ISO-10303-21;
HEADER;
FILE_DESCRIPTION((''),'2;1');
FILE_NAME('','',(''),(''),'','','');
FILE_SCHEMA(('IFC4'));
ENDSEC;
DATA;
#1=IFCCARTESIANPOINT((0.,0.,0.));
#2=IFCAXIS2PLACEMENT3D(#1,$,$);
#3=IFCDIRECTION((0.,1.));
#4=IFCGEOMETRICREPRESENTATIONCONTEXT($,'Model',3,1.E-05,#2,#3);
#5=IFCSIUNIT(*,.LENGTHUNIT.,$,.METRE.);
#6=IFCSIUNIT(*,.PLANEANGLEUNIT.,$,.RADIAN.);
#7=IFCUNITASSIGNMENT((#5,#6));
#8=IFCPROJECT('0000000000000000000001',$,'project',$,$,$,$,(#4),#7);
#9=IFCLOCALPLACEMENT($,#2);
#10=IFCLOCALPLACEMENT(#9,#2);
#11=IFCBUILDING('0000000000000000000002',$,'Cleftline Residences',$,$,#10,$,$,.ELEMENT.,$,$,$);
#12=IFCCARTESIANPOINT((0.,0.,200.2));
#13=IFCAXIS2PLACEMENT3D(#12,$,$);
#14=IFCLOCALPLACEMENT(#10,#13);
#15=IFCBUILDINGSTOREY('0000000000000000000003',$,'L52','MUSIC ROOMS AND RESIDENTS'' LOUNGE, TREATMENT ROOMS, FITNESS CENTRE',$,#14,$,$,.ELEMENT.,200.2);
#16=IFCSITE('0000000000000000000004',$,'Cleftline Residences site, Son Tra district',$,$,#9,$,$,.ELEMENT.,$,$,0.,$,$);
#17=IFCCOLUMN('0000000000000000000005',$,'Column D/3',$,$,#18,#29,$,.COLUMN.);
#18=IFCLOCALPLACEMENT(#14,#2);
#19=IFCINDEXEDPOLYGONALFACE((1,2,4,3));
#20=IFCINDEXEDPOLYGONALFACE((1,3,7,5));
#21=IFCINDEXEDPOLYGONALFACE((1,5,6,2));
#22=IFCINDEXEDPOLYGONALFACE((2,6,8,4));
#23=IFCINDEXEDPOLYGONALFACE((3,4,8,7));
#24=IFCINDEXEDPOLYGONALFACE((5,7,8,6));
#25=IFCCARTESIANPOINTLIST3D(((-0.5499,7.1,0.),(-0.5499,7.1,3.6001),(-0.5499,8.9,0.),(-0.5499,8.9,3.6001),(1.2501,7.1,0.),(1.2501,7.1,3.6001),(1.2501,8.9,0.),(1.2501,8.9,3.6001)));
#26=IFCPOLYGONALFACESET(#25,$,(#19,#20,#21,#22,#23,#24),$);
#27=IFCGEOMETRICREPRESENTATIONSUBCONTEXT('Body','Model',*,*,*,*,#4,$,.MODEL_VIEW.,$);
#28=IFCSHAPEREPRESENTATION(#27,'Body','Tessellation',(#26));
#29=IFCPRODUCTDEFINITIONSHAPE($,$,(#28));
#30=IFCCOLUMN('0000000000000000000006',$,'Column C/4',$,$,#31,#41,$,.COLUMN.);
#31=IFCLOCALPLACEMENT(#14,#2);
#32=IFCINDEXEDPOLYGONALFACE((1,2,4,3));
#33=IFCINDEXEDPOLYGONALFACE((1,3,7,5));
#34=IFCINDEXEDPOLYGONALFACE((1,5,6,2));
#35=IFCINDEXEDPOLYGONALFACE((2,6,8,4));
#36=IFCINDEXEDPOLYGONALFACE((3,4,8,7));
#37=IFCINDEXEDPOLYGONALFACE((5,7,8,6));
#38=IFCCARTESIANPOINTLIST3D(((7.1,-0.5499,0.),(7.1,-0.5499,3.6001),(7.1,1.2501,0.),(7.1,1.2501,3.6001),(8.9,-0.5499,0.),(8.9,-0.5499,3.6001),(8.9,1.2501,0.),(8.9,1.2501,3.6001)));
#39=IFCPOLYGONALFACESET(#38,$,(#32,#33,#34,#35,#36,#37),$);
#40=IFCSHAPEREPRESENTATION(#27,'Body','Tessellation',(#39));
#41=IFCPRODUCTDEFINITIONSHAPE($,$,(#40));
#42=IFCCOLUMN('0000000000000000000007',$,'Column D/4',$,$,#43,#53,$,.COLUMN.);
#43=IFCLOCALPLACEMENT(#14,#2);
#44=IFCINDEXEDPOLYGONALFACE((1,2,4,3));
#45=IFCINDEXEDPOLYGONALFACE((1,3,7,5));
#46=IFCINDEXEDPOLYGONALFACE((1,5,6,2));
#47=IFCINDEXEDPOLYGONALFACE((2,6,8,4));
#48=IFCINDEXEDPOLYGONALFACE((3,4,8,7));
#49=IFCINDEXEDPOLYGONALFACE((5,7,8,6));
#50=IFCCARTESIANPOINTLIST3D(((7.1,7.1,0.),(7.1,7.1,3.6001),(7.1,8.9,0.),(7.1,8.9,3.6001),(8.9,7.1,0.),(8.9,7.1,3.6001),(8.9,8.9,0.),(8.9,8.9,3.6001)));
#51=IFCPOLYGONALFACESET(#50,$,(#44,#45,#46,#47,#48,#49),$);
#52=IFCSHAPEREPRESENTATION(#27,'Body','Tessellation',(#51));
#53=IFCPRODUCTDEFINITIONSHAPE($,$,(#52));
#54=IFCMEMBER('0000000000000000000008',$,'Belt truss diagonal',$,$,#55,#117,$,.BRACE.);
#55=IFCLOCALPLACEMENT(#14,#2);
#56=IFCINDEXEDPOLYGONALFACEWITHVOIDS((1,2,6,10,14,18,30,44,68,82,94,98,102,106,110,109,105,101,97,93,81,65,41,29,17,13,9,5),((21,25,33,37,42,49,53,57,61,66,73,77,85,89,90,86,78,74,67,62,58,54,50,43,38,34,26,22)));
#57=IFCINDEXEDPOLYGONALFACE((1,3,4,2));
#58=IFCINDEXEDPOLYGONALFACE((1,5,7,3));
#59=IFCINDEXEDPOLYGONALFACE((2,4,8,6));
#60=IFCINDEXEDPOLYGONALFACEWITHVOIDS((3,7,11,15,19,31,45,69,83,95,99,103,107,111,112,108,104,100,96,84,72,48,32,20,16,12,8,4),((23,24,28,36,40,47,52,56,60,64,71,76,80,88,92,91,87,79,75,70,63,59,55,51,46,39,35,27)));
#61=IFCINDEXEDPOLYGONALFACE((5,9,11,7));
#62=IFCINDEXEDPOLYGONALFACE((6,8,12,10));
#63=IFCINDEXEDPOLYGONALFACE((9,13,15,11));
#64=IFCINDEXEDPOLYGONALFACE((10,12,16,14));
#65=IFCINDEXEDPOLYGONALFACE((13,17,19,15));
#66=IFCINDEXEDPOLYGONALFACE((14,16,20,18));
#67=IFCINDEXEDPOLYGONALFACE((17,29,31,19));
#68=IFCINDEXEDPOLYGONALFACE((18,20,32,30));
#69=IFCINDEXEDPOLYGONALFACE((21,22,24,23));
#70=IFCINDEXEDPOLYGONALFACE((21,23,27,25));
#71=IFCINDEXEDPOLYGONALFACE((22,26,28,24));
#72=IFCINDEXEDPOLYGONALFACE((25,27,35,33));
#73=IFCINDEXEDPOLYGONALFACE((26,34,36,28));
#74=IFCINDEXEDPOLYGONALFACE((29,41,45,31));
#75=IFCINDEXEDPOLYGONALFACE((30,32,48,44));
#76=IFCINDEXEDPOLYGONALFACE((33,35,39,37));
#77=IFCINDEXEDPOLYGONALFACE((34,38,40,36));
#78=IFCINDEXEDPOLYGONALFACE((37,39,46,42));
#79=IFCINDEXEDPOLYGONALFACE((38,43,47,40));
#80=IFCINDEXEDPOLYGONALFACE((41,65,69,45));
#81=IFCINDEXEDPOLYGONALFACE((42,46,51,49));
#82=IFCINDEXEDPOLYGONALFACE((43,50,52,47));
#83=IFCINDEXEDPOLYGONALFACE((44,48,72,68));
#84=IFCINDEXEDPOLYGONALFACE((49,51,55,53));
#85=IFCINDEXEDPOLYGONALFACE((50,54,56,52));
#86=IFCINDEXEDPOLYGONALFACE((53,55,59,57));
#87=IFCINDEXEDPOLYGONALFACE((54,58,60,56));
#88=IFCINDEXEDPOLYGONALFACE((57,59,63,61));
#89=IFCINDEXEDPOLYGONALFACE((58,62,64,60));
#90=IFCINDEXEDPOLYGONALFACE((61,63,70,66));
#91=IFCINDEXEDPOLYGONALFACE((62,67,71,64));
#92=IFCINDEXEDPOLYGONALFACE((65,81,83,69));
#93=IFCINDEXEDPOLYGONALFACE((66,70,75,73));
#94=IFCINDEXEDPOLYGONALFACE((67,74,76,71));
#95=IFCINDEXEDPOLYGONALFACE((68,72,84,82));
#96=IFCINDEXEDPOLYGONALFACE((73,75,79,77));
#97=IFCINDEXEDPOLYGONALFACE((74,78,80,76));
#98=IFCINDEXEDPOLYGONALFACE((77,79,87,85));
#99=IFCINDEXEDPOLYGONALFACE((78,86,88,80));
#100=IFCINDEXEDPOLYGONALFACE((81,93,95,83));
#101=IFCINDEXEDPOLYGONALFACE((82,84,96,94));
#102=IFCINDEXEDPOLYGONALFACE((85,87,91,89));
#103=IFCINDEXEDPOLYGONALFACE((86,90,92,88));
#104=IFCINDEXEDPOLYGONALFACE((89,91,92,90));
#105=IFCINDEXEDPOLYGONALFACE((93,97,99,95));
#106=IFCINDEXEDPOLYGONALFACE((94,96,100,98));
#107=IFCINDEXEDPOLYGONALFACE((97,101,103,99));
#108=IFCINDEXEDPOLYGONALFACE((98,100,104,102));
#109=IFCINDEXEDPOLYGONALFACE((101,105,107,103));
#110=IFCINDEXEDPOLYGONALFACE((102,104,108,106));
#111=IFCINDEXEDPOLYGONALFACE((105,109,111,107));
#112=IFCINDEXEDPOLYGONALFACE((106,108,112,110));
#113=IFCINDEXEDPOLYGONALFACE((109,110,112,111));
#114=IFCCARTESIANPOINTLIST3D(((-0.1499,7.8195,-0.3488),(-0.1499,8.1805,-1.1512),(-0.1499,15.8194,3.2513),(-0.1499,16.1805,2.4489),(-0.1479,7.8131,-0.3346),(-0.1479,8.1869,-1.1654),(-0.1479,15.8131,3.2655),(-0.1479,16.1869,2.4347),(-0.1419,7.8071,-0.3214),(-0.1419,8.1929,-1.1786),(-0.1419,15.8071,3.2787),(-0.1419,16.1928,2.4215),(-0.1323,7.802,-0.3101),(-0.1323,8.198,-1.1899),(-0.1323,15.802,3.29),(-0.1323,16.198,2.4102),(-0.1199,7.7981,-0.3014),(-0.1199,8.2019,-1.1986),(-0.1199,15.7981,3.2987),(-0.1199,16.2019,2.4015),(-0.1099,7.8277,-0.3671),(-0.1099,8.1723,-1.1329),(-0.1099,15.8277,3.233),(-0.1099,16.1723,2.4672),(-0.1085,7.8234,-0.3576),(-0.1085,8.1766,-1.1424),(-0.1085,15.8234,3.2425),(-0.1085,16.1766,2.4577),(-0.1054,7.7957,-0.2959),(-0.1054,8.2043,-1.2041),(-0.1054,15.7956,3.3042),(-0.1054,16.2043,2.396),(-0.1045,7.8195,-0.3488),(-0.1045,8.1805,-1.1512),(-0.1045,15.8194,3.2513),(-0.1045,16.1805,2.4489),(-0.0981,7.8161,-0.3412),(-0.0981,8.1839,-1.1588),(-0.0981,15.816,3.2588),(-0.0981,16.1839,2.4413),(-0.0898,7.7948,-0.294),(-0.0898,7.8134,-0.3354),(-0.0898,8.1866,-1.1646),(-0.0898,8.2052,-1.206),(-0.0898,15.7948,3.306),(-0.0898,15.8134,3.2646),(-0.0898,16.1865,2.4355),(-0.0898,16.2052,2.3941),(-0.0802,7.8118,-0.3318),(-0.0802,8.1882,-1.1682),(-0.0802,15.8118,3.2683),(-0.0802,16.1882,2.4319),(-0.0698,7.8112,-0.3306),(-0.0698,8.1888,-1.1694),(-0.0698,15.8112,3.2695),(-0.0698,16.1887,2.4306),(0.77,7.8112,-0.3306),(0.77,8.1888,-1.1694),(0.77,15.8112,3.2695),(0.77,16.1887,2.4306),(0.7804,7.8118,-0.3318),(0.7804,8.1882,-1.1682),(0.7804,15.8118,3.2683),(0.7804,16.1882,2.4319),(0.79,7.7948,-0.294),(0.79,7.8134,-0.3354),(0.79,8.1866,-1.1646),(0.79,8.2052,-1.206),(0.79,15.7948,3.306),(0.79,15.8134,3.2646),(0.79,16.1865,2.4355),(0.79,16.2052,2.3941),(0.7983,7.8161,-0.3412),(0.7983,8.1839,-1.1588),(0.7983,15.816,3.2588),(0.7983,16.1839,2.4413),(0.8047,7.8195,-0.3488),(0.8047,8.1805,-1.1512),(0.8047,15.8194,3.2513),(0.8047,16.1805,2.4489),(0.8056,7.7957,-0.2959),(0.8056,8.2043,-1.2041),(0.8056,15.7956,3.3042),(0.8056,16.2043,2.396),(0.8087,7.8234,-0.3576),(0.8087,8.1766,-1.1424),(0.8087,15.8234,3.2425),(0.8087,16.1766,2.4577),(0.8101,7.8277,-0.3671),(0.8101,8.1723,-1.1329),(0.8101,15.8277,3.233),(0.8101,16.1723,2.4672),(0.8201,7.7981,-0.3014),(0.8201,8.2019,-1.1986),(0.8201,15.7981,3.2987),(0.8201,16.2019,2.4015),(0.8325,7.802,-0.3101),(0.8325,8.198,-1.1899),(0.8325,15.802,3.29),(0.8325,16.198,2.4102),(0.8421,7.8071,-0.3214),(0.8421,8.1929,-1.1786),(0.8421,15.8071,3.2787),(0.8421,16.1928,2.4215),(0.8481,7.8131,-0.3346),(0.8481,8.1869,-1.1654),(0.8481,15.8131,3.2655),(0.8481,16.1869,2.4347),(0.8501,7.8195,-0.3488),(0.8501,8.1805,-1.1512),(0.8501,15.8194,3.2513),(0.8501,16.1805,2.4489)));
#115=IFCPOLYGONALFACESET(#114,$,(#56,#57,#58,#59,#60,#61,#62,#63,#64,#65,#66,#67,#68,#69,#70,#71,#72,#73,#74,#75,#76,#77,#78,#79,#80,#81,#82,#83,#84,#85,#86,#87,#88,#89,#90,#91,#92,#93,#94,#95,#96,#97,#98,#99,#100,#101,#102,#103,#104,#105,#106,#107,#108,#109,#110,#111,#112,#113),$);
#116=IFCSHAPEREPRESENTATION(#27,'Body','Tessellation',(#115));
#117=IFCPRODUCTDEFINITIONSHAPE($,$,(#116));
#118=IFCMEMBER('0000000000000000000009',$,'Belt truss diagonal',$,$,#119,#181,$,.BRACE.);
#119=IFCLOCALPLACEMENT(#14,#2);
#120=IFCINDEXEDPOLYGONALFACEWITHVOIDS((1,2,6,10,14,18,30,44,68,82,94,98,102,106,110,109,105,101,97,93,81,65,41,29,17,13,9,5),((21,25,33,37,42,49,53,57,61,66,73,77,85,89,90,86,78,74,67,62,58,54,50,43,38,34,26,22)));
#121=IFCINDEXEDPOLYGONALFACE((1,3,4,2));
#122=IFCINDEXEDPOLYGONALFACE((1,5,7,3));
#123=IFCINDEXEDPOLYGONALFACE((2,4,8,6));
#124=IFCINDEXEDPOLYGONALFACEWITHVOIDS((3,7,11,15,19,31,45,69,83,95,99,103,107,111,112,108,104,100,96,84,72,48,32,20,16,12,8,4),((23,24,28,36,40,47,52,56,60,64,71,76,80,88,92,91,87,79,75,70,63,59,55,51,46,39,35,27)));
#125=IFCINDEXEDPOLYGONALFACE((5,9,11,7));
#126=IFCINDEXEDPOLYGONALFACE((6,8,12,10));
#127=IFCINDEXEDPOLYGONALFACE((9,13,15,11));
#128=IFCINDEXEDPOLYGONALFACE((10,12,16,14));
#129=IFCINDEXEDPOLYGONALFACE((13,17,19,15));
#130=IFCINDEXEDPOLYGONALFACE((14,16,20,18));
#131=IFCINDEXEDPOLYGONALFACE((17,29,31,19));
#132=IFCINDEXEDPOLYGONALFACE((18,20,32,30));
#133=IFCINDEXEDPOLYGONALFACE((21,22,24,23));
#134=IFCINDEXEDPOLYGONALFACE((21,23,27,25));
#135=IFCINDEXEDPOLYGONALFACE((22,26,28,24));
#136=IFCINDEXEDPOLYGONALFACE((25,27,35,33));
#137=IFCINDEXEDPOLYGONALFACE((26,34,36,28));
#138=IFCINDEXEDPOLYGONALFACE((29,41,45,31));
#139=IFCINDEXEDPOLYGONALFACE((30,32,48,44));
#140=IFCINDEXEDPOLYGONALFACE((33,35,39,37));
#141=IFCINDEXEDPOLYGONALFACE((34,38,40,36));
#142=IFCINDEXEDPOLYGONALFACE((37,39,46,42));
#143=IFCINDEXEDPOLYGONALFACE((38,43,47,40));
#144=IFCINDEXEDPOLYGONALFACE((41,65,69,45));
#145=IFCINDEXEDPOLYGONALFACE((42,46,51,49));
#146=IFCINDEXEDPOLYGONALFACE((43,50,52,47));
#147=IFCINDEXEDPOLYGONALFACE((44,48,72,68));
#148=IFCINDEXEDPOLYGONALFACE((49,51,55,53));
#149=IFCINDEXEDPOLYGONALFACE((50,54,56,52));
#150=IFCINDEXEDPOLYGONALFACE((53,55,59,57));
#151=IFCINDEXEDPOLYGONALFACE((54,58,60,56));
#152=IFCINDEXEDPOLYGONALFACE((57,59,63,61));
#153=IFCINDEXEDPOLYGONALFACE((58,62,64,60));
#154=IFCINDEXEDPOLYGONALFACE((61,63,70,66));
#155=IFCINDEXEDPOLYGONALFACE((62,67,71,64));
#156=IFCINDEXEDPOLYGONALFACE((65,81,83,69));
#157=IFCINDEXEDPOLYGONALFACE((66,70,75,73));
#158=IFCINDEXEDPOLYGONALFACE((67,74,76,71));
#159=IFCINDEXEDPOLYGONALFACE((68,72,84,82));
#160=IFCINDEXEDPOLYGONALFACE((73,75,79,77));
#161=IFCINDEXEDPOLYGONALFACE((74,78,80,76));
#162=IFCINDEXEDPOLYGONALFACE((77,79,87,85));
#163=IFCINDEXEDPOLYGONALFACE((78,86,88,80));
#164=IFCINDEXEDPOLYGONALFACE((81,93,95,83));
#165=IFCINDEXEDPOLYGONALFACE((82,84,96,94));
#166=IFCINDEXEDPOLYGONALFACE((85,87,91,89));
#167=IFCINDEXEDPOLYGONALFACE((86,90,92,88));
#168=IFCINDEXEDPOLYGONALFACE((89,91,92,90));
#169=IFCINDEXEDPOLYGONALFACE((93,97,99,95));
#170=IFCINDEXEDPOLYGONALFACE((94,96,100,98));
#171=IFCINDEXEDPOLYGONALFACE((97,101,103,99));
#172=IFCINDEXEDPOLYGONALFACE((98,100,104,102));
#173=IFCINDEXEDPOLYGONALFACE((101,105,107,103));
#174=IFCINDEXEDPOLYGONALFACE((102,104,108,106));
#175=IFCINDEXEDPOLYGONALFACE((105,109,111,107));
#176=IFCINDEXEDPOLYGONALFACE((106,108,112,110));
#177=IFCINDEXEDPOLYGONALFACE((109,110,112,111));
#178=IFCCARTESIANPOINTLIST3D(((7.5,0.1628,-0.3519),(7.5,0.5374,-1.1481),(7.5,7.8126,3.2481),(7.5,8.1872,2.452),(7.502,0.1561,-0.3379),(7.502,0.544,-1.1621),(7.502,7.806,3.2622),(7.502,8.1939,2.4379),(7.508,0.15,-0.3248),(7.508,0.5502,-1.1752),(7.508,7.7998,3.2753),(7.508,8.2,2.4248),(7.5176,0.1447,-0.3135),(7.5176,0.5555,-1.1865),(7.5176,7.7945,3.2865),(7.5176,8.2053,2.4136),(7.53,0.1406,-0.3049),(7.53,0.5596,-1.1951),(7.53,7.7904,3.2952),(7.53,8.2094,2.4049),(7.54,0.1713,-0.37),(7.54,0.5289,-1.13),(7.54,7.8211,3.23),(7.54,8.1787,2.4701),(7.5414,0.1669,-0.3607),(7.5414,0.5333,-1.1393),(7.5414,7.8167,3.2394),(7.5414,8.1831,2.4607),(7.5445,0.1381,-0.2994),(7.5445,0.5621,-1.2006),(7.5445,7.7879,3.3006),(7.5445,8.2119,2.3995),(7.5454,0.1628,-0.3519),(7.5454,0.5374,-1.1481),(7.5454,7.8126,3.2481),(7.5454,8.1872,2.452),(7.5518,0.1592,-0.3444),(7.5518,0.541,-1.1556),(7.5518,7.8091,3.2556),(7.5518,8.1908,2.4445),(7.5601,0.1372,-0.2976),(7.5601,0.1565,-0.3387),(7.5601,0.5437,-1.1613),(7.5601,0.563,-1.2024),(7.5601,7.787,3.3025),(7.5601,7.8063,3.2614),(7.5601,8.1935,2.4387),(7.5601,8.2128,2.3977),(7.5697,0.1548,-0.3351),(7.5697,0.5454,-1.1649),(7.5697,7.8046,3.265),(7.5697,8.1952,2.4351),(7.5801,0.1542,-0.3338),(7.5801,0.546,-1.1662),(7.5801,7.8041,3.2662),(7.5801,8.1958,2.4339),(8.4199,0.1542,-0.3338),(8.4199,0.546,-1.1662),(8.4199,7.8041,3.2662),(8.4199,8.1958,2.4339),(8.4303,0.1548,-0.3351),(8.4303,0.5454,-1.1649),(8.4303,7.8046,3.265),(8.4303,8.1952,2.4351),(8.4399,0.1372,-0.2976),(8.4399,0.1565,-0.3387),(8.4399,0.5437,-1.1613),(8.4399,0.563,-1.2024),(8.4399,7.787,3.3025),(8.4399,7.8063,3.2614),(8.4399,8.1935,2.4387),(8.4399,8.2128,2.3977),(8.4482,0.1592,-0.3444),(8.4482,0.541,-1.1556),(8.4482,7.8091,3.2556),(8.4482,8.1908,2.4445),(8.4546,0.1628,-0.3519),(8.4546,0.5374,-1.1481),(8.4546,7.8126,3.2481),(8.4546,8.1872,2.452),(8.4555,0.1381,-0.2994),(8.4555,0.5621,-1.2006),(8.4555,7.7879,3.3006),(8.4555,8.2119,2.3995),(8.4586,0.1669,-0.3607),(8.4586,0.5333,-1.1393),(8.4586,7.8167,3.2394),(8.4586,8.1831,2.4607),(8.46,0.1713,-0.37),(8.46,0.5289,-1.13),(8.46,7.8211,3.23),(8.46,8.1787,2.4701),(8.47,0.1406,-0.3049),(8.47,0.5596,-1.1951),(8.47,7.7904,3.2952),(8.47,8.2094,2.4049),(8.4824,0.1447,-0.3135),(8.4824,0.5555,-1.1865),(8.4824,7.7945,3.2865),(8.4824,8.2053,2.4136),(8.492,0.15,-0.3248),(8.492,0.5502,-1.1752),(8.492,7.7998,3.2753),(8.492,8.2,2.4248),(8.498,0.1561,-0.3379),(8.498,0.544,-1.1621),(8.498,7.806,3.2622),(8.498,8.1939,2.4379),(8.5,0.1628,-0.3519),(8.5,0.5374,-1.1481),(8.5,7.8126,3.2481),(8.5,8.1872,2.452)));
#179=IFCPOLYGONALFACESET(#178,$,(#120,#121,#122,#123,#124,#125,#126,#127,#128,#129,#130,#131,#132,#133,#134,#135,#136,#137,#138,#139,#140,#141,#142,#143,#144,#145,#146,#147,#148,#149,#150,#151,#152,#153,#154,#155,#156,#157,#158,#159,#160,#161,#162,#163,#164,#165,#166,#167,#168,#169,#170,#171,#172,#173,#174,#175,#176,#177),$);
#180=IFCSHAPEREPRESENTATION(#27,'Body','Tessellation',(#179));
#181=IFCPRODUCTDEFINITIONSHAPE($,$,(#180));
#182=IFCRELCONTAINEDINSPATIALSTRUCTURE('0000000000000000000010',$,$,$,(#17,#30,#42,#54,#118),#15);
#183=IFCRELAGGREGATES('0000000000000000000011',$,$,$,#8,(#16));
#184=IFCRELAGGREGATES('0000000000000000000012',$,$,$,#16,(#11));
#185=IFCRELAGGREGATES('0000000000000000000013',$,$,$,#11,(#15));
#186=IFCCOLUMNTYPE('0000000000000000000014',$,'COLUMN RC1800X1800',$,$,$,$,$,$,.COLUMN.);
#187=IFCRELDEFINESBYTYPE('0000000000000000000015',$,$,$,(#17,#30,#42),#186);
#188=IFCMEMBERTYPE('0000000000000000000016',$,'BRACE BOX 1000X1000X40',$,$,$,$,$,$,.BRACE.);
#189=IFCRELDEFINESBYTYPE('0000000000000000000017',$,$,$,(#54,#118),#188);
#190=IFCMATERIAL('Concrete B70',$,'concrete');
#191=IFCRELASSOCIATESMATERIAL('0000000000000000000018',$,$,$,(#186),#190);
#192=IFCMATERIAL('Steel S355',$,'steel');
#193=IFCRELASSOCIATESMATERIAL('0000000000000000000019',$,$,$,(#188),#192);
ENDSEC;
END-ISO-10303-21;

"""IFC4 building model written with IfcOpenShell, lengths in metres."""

from ifc_helpers import new_model, si_unit, direction, frame, origin, origin_2d, place, context, subcontext, project, spatial, rectangle, hollow_rectangle, extrude, material, material_profile, profile_set, type_object, element, save


model = new_model("IFC4")

# Units and contexts
model_context = context("Model", 3, precision=1e-05, world=origin(), true_north=direction((0.0, 1.0)))
body_context = subcontext(model_context, "Body", "Model", "MODEL_VIEW")
ifc_project = project(units=[si_unit("LENGTHUNIT", "METRE"), si_unit("PLANEANGLEUNIT", "RADIAN")], contexts=[model_context])

# Site, building, storey
site_placement = place(None, origin())
site = spatial("IfcSite", under=ifc_project, at=site_placement, Name="Cleftline Residences site, Son Tra district", CompositionType="ELEMENT", RefElevation=0.0)
building_placement = place(site_placement, origin())
building = spatial("IfcBuilding", under=site, at=building_placement, Name="Cleftline Residences", CompositionType="ELEMENT")
storey_placement = place(building_placement, frame((0.0, 0.0, 200.2)))
storey = spatial("IfcBuildingStorey", under=building, at=storey_placement, Name="L52", Description="MUSIC ROOMS AND RESIDENTS' LOUNGE, TREATMENT ROOMS, FITNESS CENTRE", CompositionType="ELEMENT", Elevation=200.2)

# Columns
ifc_material_1 = material(Name="Concrete B70", Category="concrete")
ifc_material_profile_1 = material_profile(ifc_material_1, rectangle(XDim=1.8, YDim=1.8, at=origin_2d()))
ifc_profile_set_1 = profile_set([ifc_material_profile_1], Name="Concrete B70")
column_type = type_object("IfcColumnType", Name="COLUMN RC1800X1800", PredefinedType="COLUMN", material=ifc_profile_set_1)
for number, where, z_axis, x_axis, name in (
    (1, (0.3501, 8.0, 0.0), (0.0, 0.0, 1.0), (1.0, 0.0, 0.0), "Column D/3"),
    (2, (8.0, 0.3501, 0.0), (0.0, 0.0, 1.0), (1.0, 0.0, 0.0), "Column C/4"),
    (3, (8.0, 8.0, 0.0), (0.0, 0.0, 1.0), (1.0, 0.0, 0.0), "Column D/4"),
):
    element("IfcColumn", number, at=place(storey_placement, frame(where, z_axis=z_axis, x_axis=x_axis)), inside=storey, type_object=column_type, Name=name, PredefinedType="COLUMN", context=body_context, shape_type="SweptSolid", body=[
        extrude(rectangle(XDim=1.8, YDim=1.8, at=origin_2d()), origin(), (0.0, 0.0, 1.0), 3.6001),
    ])

# Members
ifc_material_2 = material(Name="Steel S355", Category="steel")
ifc_material_profile_2 = material_profile(ifc_material_2, hollow_rectangle(XDim=1.0, YDim=1.0, WallThickness=0.04, InnerFilletRadius=0.04, OuterFilletRadius=0.0601, at=origin_2d()))
ifc_profile_set_2 = profile_set([ifc_material_profile_2], Name="Steel S355")
member_type_1 = type_object("IfcMemberType", Name="BRACE BOX 1000X1000X40", PredefinedType="BRACE", material=ifc_profile_set_2)
member_1_placement = place(storey_placement, frame((0.3501, 8.0, -0.75), z_axis=(0.0, 0.911917, 0.410374), x_axis=(0.0, -0.410374, 0.911917)))
element("IfcMember", 4, at=member_1_placement, inside=storey, type_object=member_type_1, Name="Belt truss diagonal", PredefinedType="BRACE", context=body_context, shape_type="SweptSolid", body=[
    extrude(hollow_rectangle(XDim=1.0, YDim=1.0, WallThickness=0.04, InnerFilletRadius=0.04, OuterFilletRadius=0.0601, at=origin_2d()), origin(), (0.0, 0.0, 1.0), 8.7727),
])
member_2_placement = place(storey_placement, frame((8.0, 0.3501, -0.75), z_axis=(0.0, 0.904812, 0.425811), x_axis=(0.0, -0.425811, 0.904812)))
element("IfcMember", 5, at=member_2_placement, inside=storey, type_object=member_type_1, Name="Belt truss diagonal", PredefinedType="BRACE", context=body_context, shape_type="SweptSolid", body=[
    extrude(hollow_rectangle(XDim=1.0, YDim=1.0, WallThickness=0.04, InnerFilletRadius=0.04, OuterFilletRadius=0.0601, at=origin_2d()), origin(), (0.0, 0.0, 1.0), 8.4546),
])

save(model, "model.ifc")
